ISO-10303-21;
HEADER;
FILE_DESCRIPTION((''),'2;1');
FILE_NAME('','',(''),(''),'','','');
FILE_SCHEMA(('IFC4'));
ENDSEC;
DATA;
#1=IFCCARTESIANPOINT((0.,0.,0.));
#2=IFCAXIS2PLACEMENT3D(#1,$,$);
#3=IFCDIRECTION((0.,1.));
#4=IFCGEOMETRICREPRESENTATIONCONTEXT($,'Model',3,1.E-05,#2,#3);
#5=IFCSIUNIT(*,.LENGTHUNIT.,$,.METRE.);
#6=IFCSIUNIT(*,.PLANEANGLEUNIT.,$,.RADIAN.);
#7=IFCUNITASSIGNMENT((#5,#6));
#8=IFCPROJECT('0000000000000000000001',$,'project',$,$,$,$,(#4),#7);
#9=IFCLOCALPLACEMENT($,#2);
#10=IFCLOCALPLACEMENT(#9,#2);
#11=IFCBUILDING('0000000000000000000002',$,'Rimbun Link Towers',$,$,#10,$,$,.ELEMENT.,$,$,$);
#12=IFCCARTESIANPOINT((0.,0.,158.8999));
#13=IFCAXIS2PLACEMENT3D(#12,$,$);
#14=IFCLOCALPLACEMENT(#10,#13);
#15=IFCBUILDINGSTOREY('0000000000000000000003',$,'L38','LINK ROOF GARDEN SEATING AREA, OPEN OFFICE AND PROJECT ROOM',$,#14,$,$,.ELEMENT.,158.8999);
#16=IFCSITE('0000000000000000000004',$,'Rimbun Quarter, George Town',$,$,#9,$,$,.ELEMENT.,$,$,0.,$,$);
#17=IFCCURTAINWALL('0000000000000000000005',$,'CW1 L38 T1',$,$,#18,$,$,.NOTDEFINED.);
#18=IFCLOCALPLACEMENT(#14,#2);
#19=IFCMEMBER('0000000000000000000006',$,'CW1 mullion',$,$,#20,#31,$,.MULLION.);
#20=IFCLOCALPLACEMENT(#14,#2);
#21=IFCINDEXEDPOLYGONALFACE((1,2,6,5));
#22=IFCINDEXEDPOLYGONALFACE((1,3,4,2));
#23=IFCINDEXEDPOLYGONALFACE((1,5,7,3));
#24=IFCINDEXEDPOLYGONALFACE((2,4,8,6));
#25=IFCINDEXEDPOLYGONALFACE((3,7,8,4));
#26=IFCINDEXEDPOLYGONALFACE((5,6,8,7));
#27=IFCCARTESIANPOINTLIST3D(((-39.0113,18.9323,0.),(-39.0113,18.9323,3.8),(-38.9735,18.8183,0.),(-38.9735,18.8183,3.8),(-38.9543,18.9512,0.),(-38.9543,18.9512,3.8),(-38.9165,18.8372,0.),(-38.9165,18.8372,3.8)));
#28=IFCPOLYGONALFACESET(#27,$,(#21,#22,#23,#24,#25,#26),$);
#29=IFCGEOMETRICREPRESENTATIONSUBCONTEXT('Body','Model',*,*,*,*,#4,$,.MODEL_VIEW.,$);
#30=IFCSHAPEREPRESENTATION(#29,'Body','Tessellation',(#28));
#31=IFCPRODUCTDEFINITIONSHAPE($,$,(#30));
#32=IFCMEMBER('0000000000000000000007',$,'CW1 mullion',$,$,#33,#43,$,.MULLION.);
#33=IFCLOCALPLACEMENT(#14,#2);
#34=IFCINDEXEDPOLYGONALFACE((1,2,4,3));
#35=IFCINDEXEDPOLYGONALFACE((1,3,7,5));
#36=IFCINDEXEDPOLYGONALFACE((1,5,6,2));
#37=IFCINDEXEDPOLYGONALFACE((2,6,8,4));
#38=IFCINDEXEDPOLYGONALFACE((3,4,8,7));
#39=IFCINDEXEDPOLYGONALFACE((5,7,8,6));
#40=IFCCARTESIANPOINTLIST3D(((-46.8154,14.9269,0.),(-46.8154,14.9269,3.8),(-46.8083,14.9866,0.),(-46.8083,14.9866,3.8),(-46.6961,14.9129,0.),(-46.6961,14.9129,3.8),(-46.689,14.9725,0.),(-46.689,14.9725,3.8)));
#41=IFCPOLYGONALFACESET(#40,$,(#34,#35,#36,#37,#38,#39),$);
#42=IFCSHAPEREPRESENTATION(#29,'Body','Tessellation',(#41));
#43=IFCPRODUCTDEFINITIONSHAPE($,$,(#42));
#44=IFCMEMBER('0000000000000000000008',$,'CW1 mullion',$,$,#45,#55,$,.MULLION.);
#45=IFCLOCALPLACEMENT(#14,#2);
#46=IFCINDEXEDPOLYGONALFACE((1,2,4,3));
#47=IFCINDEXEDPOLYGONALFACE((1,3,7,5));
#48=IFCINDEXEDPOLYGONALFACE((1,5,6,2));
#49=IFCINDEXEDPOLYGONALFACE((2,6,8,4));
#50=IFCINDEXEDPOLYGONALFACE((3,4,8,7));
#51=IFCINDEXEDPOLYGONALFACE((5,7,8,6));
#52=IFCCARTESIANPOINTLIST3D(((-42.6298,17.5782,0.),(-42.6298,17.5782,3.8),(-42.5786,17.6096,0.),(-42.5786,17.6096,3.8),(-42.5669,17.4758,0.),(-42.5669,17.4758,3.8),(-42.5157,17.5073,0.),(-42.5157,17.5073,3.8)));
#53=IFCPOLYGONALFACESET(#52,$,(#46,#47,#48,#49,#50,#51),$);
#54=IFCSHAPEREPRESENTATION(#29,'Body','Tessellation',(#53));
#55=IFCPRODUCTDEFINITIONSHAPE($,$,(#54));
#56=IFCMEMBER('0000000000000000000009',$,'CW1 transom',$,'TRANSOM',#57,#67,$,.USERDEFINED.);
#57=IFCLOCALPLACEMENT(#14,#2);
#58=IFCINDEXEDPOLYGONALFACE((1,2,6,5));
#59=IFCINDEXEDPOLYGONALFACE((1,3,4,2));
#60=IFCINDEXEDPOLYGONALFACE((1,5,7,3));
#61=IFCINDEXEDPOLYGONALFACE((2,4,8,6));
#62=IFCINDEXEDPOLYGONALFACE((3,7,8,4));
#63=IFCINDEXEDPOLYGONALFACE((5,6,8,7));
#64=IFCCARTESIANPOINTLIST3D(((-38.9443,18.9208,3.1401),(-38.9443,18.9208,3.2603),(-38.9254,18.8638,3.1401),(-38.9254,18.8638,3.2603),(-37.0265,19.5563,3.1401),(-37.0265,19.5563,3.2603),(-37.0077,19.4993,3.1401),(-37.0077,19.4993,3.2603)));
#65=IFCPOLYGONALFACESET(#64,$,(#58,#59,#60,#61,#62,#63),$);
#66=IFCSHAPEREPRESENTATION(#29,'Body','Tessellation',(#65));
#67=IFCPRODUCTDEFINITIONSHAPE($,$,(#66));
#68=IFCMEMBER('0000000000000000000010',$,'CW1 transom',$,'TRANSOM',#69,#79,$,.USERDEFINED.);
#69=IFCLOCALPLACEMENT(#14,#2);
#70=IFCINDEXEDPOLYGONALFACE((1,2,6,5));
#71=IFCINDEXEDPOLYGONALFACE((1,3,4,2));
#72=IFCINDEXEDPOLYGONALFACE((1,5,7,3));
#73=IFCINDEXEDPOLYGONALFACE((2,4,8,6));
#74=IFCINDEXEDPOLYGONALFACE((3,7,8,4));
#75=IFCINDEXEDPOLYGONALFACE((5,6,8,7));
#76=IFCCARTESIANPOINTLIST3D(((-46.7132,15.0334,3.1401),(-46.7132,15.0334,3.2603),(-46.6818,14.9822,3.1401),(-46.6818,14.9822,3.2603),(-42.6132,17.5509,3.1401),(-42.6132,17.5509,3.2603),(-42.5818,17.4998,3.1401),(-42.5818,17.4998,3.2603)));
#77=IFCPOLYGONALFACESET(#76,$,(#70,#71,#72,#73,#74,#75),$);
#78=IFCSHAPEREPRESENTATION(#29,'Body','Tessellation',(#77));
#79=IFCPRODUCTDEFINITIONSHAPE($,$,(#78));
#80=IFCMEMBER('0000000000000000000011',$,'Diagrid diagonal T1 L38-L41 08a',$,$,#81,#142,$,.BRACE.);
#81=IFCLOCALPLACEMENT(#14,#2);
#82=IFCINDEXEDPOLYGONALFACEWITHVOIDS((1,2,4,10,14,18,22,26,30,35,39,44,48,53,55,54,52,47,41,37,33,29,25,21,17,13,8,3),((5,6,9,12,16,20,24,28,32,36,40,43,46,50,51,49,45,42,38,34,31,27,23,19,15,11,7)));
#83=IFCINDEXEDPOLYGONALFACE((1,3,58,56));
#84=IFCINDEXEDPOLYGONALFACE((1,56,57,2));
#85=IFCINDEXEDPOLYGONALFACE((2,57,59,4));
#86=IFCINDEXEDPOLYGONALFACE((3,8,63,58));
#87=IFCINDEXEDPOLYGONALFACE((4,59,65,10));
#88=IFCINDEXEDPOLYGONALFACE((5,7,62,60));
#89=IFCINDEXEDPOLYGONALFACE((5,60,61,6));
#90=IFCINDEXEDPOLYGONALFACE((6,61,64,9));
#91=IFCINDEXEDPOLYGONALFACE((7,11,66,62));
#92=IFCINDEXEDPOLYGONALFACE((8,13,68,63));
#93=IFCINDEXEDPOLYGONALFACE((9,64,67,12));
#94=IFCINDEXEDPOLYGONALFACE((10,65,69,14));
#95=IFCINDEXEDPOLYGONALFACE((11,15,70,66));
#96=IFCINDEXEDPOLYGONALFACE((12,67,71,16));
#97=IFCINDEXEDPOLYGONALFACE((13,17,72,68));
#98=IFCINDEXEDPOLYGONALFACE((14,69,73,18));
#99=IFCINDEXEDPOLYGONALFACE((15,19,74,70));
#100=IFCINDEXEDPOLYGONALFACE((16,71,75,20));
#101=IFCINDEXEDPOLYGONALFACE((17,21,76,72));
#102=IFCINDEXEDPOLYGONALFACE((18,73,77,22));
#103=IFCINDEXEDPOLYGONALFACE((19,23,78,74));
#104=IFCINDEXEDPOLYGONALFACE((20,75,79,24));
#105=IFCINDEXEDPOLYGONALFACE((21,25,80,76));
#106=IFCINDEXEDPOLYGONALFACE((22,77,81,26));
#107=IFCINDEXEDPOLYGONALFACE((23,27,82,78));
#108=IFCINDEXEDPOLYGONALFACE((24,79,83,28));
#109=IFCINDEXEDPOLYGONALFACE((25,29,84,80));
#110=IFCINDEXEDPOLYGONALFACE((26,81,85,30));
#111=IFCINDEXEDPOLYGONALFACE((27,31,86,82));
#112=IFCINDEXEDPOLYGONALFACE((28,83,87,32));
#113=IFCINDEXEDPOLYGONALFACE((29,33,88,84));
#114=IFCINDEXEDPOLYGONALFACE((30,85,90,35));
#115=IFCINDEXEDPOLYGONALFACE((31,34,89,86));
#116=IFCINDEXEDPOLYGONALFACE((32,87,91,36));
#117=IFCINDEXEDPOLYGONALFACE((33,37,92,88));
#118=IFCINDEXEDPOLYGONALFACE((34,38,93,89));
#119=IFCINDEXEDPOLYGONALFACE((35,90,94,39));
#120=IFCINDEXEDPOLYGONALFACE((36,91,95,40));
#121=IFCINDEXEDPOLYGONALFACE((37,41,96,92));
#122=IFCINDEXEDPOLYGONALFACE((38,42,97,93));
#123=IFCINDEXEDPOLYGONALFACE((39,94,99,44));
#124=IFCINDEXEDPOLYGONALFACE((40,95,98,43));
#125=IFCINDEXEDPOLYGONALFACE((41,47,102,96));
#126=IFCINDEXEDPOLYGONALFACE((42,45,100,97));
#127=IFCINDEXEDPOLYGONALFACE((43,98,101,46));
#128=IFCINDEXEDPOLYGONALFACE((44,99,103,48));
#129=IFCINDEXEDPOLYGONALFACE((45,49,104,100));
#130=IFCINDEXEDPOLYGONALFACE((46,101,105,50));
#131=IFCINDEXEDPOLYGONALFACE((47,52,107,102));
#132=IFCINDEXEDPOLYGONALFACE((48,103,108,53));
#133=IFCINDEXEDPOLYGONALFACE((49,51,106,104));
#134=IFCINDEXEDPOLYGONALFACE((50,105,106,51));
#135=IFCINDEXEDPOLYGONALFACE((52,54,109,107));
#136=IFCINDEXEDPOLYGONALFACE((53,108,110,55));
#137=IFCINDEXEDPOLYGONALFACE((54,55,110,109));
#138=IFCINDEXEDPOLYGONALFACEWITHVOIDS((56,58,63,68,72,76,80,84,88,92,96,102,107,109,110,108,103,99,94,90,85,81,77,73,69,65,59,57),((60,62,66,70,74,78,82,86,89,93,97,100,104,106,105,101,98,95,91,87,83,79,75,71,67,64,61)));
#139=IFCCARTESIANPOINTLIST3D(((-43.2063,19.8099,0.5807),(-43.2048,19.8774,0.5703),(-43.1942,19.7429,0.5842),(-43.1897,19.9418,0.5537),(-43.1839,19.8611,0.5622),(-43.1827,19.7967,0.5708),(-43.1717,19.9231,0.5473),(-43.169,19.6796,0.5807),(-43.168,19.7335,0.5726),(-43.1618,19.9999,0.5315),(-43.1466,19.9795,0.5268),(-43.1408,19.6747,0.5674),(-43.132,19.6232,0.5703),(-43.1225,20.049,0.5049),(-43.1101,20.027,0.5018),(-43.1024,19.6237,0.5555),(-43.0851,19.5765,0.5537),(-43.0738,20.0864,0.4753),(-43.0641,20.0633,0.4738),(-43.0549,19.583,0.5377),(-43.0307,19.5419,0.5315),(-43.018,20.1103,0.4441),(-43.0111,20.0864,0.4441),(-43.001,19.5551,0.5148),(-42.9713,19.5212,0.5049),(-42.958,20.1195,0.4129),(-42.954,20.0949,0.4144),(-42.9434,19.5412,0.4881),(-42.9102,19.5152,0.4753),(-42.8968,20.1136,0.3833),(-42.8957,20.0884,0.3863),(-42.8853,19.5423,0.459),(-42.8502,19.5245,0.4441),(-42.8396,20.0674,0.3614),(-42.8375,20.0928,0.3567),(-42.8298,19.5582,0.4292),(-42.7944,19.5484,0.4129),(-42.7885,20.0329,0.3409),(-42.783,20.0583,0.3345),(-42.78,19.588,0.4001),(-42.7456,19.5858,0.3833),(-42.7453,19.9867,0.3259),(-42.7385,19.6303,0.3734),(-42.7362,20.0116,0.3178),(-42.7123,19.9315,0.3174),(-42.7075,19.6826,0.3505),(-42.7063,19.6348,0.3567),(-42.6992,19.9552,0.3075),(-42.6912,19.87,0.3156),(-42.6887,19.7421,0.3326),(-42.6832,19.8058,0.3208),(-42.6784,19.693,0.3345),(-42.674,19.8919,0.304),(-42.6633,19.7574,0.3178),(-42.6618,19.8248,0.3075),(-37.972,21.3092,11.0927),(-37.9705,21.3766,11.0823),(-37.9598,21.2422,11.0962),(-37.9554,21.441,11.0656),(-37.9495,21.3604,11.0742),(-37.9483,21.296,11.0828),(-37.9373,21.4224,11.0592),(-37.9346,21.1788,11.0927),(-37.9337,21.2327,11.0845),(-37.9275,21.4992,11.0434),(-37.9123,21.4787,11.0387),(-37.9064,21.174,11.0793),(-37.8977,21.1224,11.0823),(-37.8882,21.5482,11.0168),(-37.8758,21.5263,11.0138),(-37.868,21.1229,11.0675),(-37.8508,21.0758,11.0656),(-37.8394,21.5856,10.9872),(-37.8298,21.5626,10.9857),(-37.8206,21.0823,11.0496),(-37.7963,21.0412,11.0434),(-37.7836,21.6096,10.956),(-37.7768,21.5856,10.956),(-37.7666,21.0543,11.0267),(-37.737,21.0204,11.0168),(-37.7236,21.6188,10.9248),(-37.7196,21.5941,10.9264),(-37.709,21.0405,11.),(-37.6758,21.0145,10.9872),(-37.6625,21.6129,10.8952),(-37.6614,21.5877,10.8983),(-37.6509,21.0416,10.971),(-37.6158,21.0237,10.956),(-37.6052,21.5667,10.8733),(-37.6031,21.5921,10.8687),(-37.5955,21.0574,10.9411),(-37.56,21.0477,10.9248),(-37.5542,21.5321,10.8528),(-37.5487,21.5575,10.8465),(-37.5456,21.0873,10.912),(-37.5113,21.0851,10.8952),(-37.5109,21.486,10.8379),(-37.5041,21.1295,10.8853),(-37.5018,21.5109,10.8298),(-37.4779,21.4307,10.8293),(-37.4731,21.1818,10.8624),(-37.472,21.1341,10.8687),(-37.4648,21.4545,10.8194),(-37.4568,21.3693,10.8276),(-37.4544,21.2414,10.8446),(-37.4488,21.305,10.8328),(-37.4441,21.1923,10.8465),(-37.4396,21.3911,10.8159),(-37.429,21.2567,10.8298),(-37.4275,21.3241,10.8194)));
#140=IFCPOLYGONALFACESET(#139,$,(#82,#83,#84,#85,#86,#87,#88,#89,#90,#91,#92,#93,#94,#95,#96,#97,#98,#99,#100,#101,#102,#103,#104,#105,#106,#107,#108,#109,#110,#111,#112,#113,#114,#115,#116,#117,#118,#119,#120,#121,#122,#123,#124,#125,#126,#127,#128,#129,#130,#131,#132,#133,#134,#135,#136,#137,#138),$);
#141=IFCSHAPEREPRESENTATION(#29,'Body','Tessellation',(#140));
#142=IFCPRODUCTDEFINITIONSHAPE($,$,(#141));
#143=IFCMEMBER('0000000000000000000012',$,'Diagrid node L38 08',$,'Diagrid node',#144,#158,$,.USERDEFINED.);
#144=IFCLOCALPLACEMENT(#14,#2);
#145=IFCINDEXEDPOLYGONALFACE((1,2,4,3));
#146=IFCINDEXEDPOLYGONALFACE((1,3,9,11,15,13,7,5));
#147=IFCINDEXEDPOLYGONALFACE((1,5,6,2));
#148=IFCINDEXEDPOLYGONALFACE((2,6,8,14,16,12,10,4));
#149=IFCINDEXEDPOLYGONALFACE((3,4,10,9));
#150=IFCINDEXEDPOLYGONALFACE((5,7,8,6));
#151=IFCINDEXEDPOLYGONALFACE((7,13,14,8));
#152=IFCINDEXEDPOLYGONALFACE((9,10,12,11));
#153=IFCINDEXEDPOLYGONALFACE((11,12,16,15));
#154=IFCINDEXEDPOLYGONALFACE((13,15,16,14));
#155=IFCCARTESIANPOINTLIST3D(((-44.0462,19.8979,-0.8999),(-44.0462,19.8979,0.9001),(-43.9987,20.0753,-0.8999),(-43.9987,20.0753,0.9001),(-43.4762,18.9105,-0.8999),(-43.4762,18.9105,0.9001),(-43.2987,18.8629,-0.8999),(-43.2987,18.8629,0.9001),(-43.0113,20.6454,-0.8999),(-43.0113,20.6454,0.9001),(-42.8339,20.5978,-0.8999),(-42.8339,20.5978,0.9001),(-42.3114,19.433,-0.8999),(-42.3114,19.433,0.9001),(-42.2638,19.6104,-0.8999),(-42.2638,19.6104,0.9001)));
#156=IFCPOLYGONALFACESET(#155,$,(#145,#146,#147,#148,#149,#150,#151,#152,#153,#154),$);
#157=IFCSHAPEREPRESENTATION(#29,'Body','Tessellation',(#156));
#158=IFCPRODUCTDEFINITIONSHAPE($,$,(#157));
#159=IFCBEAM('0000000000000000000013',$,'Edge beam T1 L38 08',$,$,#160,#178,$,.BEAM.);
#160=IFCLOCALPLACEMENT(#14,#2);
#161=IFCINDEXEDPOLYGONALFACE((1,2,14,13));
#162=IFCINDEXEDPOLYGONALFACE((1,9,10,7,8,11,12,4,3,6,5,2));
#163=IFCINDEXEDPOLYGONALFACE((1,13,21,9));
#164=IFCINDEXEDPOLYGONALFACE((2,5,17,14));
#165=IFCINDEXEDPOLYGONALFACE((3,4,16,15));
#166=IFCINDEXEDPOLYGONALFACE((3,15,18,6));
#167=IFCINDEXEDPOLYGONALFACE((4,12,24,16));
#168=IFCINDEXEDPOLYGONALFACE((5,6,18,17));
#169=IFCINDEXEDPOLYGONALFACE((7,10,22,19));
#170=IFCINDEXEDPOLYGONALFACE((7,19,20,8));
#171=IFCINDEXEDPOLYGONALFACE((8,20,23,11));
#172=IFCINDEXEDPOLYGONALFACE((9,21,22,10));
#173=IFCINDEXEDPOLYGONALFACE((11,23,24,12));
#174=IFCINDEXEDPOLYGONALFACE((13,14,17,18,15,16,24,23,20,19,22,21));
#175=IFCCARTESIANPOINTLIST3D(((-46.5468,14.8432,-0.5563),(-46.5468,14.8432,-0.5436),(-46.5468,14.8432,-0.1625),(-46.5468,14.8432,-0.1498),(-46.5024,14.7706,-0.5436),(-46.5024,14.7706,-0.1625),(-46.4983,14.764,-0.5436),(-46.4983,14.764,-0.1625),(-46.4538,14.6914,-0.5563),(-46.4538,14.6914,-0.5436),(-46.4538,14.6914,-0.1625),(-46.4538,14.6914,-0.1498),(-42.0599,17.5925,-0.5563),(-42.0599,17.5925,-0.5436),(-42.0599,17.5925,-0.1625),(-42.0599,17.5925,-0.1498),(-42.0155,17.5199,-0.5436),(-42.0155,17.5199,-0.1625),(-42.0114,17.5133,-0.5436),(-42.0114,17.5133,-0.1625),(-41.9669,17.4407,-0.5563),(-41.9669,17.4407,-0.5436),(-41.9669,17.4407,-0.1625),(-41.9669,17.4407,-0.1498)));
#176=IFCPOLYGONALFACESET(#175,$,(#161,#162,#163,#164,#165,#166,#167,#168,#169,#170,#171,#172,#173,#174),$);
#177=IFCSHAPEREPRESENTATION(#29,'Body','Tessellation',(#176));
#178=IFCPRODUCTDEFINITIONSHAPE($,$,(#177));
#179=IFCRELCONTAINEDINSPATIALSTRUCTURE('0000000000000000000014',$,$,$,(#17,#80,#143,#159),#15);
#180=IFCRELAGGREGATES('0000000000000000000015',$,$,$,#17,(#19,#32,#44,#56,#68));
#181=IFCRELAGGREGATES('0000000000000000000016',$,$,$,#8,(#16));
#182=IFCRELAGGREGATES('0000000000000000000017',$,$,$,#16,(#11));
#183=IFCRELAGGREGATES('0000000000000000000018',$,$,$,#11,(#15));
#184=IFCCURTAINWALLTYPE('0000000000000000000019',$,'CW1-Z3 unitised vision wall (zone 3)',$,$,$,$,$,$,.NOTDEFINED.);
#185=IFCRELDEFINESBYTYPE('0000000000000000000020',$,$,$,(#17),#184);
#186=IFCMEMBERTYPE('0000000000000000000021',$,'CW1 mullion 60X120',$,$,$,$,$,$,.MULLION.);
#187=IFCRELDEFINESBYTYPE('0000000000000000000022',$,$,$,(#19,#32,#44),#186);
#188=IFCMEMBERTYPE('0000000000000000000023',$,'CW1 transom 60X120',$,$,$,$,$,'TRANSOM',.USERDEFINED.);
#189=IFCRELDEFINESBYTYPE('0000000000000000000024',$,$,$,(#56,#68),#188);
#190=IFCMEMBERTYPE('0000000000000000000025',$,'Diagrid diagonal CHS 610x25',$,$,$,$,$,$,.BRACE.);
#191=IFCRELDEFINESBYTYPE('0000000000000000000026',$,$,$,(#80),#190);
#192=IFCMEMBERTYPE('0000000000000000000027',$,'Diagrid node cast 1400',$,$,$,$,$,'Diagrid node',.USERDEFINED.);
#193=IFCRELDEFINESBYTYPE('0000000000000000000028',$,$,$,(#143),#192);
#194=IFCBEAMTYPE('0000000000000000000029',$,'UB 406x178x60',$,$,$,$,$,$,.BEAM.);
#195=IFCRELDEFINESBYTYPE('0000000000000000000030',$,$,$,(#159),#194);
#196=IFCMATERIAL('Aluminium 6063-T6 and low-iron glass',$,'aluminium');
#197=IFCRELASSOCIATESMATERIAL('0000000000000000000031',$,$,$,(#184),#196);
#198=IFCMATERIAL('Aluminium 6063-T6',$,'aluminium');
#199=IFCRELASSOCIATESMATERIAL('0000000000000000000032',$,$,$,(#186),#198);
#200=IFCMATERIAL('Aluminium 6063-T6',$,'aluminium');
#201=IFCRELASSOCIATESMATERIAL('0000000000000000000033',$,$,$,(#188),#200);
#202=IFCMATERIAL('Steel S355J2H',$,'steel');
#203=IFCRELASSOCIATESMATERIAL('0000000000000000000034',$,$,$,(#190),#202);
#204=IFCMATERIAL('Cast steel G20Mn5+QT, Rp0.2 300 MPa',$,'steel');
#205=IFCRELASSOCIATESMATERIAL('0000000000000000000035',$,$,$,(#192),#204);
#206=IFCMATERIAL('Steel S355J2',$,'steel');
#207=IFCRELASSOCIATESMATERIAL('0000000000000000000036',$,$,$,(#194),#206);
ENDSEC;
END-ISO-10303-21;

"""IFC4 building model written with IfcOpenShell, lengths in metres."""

from ifc_helpers import new_model, si_unit, direction, frame, origin, origin_2d, place, context, subcontext, project, spatial, polyline, rectangle, hollow_circle, i_section, outline, extrude, material, material_profile, profile_set, type_object, element, aggregate, save


model = new_model("IFC4")

# Units and contexts
model_context = context("Model", 3, precision=1e-05, world=origin(), true_north=direction((0.0, 1.0)))
body_context = subcontext(model_context, "Body", "Model", "MODEL_VIEW")
ifc_project = project(units=[si_unit("LENGTHUNIT", "METRE"), si_unit("PLANEANGLEUNIT", "RADIAN")], contexts=[model_context])

# Site, building, storey
site_placement = place(None, origin())
site = spatial("IfcSite", under=ifc_project, at=site_placement, Name="Rimbun Quarter, George Town", CompositionType="ELEMENT", RefElevation=0.0)
building_placement = place(site_placement, origin())
building = spatial("IfcBuilding", under=site, at=building_placement, Name="Rimbun Link Towers", CompositionType="ELEMENT")
storey_placement = place(building_placement, frame((0.0, 0.0, 158.8999)))
storey = spatial("IfcBuildingStorey", under=building, at=storey_placement, Name="L38", Description="LINK ROOF GARDEN SEATING AREA, OPEN OFFICE AND PROJECT ROOM", CompositionType="ELEMENT", Elevation=158.8999)

# Curtain wall, members
ifc_material_1 = material(Name="Aluminium 6063-T6 and low-iron glass", Category="aluminium")
curtain_wall_type = type_object("IfcCurtainWallType", Name="CW1-Z3 unitised vision wall (zone 3)", PredefinedType="NOTDEFINED", material=ifc_material_1)
curtain_wall_placement = place(storey_placement, origin())
curtain_wall = element("IfcCurtainWall", 1, at=curtain_wall_placement, inside=storey, type_object=curtain_wall_type, Name="CW1 L38 T1", PredefinedType="NOTDEFINED")
ifc_material_2 = material(Name="Aluminium 6063-T6", Category="aluminium")
ifc_material_profile_1 = material_profile(ifc_material_2, rectangle(XDim=0.1201, YDim=0.0601, at=origin_2d()), Name="MULLION 60X120")
ifc_profile_set_1 = profile_set([ifc_material_profile_1], Name="Aluminium 6063-T6")
member_type_1 = type_object("IfcMemberType", Name="CW1 mullion 60X120", PredefinedType="MULLION", material=ifc_profile_set_1)
member_1_placement = place(storey_placement, frame((-38.9639, 18.8848, 0.0), z_axis=(0.0, 0.0, 1.0), x_axis=(-0.314556, 0.949239, 0.0)))
member_1 = element("IfcMember", 2, at=member_1_placement, type_object=member_type_1, Name="CW1 mullion", PredefinedType="MULLION", context=body_context, shape_type="SweptSolid", body=[
    extrude(rectangle(XDim=0.1201, YDim=0.0601, at=origin_2d()), origin(), (0.0, 0.0, 1.0), 3.8),
])
member_2_placement = place(storey_placement, frame((-46.7522, 14.9497, 0.0), z_axis=(0.0, 0.0, 1.0), x_axis=(-0.99312, 0.1171, 0.0)))
member_2 = element("IfcMember", 3, at=member_2_placement, type_object=member_type_1, Name="CW1 mullion", PredefinedType="MULLION", context=body_context, shape_type="SweptSolid", body=[
    extrude(rectangle(XDim=0.1201, YDim=0.0601, at=origin_2d()), origin(), (0.0, 0.0, 1.0), 3.8),
])
member_3_placement = place(storey_placement, frame((-42.5728, 17.5427, 0.0), z_axis=(0.0, 0.0, 1.0), x_axis=(-0.52325, 0.852179, 0.0)))
member_3 = element("IfcMember", 4, at=member_3_placement, type_object=member_type_1, Name="CW1 mullion", PredefinedType="MULLION", context=body_context, shape_type="SweptSolid", body=[
    extrude(rectangle(XDim=0.1201, YDim=0.0601, at=origin_2d()), origin(), (0.0, 0.0, 1.0), 3.8),
])
ifc_material_3 = material(Name="Aluminium 6063-T6", Category="aluminium")
ifc_material_profile_2 = material_profile(ifc_material_3, rectangle(XDim=0.0601, YDim=0.1201, at=origin_2d()), Name="TRANSOM 60X120")
ifc_profile_set_2 = profile_set([ifc_material_profile_2], Name="Aluminium 6063-T6")
member_type_2 = type_object("IfcMemberType", Name="CW1 transom 60X120", ElementType="TRANSOM", PredefinedType="USERDEFINED", material=ifc_profile_set_2)
member_4_placement = place(storey_placement, frame((-38.9348, 18.8923, 3.2002), z_axis=(0.949238, 0.31456, 0.0), x_axis=(-0.31456, 0.949238, 0.0)))
member_4 = element("IfcMember", 5, at=member_4_placement, type_object=member_type_2, Name="CW1 transom", ObjectType="TRANSOM", PredefinedType="USERDEFINED", context=body_context, shape_type="SweptSolid", body=[
    extrude(rectangle(XDim=0.0601, YDim=0.1201, at=origin_2d()), origin(), (0.0, 0.0, 1.0), 2.0203),
])
member_5_placement = place(storey_placement, frame((-46.6975, 15.0078, 3.2002), z_axis=(0.852174, 0.523259, 0.0), x_axis=(-0.523259, 0.852174, 0.0)))
member_5 = element("IfcMember", 6, at=member_5_placement, type_object=member_type_2, Name="CW1 transom", ObjectType="TRANSOM", PredefinedType="USERDEFINED", context=body_context, shape_type="SweptSolid", body=[
    extrude(rectangle(XDim=0.0601, YDim=0.1201, at=origin_2d()), origin(), (0.0, 0.0, 1.0), 4.8113),
])

# Members
ifc_material_4 = material(Name="Steel S355J2H", Category="steel")
ifc_material_profile_3 = material_profile(ifc_material_4, hollow_circle(Radius=0.3047, WallThickness=0.0249, at=origin_2d()), Name="Diagrid diagonal CHS 610x25")
ifc_profile_set_3 = profile_set([ifc_material_profile_3], Name="Steel S355J2H")
member_type_3 = type_object("IfcMemberType", Name="Diagrid diagonal CHS 610x25", PredefinedType="BRACE", material=ifc_profile_set_3)
member_6_placement = place(storey_placement, frame((-42.9341, 19.8174, 0.4441), z_axis=(0.442152, 0.126644, 0.887954), x_axis=(-0.275355, 0.961343, 0.0)))
element("IfcMember", 7, at=member_6_placement, inside=storey, type_object=member_type_3, Name="Diagrid diagonal T1 L38-L41 08a", PredefinedType="BRACE", context=body_context, shape_type="SweptSolid", body=[
    extrude(hollow_circle(Radius=0.3047, WallThickness=0.0249, at=origin_2d()), origin(), (0.0, 0.0, 1.0), 11.8384),
])
ifc_material_5 = material(Name="Cast steel G20Mn5+QT, Rp0.2 300 MPa", Category="steel")
ifc_material_profile_4 = material_profile(ifc_material_5, outline(polyline([(0.7, -0.5701), (0.7, 0.5701), (0.5701, 0.7), (-0.5701, 0.7), (-0.7, 0.5701), (-0.7, -0.5701), (-0.5701, -0.7), (0.5701, -0.7), (0.7, -0.5701)])), Name="NODE 1400x1400")
ifc_profile_set_4 = profile_set([ifc_material_profile_4], Name="Cast steel G20Mn5+QT, Rp0.2 300 MPa")
member_type_4 = type_object("IfcMemberType", Name="Diagrid node cast 1400", ElementType="Diagrid node", PredefinedType="USERDEFINED", material=ifc_profile_set_4)
member_7_placement = place(storey_placement, frame((-43.155, 19.7542, -0.8999), z_axis=(0.0, 0.0, 1.0), x_axis=(-0.5, 0.866025, 0.0)))
element("IfcMember", 8, at=member_7_placement, inside=storey, type_object=member_type_4, Name="Diagrid node L38 08", ObjectType="Diagrid node", PredefinedType="USERDEFINED", context=body_context, shape_type="SweptSolid", body=[
    extrude(outline(polyline([(0.7, -0.5701), (0.7, 0.5701), (0.5701, 0.7), (-0.5701, 0.7), (-0.7, 0.5701), (-0.7, -0.5701), (-0.5701, -0.7), (0.5701, -0.7), (0.7, -0.5701)])), origin(), (0.0, 0.0, 1.0), 1.8),
])

# Beam
ifc_material_6 = material(Name="Steel S355J2", Category="steel")
ifc_material_profile_5 = material_profile(ifc_material_6, i_section(OverallWidth=0.178, OverallDepth=0.4065, WebThickness=0.0078, FlangeThickness=0.0127, at=origin_2d()), Name="UB 406x178x60")
ifc_profile_set_5 = profile_set([ifc_material_profile_5], Name="Steel S355J2")
beam_type = type_object("IfcBeamType", Name="UB 406x178x60", PredefinedType="BEAM", material=ifc_profile_set_5)
beam_1_placement = place(storey_placement, frame((-42.0134, 17.5166, -0.353), z_axis=(-0.852662, -0.522463, 0.0), x_axis=(0.522463, -0.852662, 0.0)))
element("IfcBeam", 9, at=beam_1_placement, inside=storey, type_object=beam_type, Name="Edge beam T1 L38 08", PredefinedType="BEAM", context=body_context, shape_type="SweptSolid", body=[
    extrude(i_section(OverallWidth=0.178, OverallDepth=0.4065, WebThickness=0.0078, FlangeThickness=0.0127, at=origin_2d()), origin(), (0.0, 0.0, 1.0), 5.2622),
])

aggregate(curtain_wall, [member_1, member_2, member_3, member_4, member_5])

save(model, "model.ifc")
